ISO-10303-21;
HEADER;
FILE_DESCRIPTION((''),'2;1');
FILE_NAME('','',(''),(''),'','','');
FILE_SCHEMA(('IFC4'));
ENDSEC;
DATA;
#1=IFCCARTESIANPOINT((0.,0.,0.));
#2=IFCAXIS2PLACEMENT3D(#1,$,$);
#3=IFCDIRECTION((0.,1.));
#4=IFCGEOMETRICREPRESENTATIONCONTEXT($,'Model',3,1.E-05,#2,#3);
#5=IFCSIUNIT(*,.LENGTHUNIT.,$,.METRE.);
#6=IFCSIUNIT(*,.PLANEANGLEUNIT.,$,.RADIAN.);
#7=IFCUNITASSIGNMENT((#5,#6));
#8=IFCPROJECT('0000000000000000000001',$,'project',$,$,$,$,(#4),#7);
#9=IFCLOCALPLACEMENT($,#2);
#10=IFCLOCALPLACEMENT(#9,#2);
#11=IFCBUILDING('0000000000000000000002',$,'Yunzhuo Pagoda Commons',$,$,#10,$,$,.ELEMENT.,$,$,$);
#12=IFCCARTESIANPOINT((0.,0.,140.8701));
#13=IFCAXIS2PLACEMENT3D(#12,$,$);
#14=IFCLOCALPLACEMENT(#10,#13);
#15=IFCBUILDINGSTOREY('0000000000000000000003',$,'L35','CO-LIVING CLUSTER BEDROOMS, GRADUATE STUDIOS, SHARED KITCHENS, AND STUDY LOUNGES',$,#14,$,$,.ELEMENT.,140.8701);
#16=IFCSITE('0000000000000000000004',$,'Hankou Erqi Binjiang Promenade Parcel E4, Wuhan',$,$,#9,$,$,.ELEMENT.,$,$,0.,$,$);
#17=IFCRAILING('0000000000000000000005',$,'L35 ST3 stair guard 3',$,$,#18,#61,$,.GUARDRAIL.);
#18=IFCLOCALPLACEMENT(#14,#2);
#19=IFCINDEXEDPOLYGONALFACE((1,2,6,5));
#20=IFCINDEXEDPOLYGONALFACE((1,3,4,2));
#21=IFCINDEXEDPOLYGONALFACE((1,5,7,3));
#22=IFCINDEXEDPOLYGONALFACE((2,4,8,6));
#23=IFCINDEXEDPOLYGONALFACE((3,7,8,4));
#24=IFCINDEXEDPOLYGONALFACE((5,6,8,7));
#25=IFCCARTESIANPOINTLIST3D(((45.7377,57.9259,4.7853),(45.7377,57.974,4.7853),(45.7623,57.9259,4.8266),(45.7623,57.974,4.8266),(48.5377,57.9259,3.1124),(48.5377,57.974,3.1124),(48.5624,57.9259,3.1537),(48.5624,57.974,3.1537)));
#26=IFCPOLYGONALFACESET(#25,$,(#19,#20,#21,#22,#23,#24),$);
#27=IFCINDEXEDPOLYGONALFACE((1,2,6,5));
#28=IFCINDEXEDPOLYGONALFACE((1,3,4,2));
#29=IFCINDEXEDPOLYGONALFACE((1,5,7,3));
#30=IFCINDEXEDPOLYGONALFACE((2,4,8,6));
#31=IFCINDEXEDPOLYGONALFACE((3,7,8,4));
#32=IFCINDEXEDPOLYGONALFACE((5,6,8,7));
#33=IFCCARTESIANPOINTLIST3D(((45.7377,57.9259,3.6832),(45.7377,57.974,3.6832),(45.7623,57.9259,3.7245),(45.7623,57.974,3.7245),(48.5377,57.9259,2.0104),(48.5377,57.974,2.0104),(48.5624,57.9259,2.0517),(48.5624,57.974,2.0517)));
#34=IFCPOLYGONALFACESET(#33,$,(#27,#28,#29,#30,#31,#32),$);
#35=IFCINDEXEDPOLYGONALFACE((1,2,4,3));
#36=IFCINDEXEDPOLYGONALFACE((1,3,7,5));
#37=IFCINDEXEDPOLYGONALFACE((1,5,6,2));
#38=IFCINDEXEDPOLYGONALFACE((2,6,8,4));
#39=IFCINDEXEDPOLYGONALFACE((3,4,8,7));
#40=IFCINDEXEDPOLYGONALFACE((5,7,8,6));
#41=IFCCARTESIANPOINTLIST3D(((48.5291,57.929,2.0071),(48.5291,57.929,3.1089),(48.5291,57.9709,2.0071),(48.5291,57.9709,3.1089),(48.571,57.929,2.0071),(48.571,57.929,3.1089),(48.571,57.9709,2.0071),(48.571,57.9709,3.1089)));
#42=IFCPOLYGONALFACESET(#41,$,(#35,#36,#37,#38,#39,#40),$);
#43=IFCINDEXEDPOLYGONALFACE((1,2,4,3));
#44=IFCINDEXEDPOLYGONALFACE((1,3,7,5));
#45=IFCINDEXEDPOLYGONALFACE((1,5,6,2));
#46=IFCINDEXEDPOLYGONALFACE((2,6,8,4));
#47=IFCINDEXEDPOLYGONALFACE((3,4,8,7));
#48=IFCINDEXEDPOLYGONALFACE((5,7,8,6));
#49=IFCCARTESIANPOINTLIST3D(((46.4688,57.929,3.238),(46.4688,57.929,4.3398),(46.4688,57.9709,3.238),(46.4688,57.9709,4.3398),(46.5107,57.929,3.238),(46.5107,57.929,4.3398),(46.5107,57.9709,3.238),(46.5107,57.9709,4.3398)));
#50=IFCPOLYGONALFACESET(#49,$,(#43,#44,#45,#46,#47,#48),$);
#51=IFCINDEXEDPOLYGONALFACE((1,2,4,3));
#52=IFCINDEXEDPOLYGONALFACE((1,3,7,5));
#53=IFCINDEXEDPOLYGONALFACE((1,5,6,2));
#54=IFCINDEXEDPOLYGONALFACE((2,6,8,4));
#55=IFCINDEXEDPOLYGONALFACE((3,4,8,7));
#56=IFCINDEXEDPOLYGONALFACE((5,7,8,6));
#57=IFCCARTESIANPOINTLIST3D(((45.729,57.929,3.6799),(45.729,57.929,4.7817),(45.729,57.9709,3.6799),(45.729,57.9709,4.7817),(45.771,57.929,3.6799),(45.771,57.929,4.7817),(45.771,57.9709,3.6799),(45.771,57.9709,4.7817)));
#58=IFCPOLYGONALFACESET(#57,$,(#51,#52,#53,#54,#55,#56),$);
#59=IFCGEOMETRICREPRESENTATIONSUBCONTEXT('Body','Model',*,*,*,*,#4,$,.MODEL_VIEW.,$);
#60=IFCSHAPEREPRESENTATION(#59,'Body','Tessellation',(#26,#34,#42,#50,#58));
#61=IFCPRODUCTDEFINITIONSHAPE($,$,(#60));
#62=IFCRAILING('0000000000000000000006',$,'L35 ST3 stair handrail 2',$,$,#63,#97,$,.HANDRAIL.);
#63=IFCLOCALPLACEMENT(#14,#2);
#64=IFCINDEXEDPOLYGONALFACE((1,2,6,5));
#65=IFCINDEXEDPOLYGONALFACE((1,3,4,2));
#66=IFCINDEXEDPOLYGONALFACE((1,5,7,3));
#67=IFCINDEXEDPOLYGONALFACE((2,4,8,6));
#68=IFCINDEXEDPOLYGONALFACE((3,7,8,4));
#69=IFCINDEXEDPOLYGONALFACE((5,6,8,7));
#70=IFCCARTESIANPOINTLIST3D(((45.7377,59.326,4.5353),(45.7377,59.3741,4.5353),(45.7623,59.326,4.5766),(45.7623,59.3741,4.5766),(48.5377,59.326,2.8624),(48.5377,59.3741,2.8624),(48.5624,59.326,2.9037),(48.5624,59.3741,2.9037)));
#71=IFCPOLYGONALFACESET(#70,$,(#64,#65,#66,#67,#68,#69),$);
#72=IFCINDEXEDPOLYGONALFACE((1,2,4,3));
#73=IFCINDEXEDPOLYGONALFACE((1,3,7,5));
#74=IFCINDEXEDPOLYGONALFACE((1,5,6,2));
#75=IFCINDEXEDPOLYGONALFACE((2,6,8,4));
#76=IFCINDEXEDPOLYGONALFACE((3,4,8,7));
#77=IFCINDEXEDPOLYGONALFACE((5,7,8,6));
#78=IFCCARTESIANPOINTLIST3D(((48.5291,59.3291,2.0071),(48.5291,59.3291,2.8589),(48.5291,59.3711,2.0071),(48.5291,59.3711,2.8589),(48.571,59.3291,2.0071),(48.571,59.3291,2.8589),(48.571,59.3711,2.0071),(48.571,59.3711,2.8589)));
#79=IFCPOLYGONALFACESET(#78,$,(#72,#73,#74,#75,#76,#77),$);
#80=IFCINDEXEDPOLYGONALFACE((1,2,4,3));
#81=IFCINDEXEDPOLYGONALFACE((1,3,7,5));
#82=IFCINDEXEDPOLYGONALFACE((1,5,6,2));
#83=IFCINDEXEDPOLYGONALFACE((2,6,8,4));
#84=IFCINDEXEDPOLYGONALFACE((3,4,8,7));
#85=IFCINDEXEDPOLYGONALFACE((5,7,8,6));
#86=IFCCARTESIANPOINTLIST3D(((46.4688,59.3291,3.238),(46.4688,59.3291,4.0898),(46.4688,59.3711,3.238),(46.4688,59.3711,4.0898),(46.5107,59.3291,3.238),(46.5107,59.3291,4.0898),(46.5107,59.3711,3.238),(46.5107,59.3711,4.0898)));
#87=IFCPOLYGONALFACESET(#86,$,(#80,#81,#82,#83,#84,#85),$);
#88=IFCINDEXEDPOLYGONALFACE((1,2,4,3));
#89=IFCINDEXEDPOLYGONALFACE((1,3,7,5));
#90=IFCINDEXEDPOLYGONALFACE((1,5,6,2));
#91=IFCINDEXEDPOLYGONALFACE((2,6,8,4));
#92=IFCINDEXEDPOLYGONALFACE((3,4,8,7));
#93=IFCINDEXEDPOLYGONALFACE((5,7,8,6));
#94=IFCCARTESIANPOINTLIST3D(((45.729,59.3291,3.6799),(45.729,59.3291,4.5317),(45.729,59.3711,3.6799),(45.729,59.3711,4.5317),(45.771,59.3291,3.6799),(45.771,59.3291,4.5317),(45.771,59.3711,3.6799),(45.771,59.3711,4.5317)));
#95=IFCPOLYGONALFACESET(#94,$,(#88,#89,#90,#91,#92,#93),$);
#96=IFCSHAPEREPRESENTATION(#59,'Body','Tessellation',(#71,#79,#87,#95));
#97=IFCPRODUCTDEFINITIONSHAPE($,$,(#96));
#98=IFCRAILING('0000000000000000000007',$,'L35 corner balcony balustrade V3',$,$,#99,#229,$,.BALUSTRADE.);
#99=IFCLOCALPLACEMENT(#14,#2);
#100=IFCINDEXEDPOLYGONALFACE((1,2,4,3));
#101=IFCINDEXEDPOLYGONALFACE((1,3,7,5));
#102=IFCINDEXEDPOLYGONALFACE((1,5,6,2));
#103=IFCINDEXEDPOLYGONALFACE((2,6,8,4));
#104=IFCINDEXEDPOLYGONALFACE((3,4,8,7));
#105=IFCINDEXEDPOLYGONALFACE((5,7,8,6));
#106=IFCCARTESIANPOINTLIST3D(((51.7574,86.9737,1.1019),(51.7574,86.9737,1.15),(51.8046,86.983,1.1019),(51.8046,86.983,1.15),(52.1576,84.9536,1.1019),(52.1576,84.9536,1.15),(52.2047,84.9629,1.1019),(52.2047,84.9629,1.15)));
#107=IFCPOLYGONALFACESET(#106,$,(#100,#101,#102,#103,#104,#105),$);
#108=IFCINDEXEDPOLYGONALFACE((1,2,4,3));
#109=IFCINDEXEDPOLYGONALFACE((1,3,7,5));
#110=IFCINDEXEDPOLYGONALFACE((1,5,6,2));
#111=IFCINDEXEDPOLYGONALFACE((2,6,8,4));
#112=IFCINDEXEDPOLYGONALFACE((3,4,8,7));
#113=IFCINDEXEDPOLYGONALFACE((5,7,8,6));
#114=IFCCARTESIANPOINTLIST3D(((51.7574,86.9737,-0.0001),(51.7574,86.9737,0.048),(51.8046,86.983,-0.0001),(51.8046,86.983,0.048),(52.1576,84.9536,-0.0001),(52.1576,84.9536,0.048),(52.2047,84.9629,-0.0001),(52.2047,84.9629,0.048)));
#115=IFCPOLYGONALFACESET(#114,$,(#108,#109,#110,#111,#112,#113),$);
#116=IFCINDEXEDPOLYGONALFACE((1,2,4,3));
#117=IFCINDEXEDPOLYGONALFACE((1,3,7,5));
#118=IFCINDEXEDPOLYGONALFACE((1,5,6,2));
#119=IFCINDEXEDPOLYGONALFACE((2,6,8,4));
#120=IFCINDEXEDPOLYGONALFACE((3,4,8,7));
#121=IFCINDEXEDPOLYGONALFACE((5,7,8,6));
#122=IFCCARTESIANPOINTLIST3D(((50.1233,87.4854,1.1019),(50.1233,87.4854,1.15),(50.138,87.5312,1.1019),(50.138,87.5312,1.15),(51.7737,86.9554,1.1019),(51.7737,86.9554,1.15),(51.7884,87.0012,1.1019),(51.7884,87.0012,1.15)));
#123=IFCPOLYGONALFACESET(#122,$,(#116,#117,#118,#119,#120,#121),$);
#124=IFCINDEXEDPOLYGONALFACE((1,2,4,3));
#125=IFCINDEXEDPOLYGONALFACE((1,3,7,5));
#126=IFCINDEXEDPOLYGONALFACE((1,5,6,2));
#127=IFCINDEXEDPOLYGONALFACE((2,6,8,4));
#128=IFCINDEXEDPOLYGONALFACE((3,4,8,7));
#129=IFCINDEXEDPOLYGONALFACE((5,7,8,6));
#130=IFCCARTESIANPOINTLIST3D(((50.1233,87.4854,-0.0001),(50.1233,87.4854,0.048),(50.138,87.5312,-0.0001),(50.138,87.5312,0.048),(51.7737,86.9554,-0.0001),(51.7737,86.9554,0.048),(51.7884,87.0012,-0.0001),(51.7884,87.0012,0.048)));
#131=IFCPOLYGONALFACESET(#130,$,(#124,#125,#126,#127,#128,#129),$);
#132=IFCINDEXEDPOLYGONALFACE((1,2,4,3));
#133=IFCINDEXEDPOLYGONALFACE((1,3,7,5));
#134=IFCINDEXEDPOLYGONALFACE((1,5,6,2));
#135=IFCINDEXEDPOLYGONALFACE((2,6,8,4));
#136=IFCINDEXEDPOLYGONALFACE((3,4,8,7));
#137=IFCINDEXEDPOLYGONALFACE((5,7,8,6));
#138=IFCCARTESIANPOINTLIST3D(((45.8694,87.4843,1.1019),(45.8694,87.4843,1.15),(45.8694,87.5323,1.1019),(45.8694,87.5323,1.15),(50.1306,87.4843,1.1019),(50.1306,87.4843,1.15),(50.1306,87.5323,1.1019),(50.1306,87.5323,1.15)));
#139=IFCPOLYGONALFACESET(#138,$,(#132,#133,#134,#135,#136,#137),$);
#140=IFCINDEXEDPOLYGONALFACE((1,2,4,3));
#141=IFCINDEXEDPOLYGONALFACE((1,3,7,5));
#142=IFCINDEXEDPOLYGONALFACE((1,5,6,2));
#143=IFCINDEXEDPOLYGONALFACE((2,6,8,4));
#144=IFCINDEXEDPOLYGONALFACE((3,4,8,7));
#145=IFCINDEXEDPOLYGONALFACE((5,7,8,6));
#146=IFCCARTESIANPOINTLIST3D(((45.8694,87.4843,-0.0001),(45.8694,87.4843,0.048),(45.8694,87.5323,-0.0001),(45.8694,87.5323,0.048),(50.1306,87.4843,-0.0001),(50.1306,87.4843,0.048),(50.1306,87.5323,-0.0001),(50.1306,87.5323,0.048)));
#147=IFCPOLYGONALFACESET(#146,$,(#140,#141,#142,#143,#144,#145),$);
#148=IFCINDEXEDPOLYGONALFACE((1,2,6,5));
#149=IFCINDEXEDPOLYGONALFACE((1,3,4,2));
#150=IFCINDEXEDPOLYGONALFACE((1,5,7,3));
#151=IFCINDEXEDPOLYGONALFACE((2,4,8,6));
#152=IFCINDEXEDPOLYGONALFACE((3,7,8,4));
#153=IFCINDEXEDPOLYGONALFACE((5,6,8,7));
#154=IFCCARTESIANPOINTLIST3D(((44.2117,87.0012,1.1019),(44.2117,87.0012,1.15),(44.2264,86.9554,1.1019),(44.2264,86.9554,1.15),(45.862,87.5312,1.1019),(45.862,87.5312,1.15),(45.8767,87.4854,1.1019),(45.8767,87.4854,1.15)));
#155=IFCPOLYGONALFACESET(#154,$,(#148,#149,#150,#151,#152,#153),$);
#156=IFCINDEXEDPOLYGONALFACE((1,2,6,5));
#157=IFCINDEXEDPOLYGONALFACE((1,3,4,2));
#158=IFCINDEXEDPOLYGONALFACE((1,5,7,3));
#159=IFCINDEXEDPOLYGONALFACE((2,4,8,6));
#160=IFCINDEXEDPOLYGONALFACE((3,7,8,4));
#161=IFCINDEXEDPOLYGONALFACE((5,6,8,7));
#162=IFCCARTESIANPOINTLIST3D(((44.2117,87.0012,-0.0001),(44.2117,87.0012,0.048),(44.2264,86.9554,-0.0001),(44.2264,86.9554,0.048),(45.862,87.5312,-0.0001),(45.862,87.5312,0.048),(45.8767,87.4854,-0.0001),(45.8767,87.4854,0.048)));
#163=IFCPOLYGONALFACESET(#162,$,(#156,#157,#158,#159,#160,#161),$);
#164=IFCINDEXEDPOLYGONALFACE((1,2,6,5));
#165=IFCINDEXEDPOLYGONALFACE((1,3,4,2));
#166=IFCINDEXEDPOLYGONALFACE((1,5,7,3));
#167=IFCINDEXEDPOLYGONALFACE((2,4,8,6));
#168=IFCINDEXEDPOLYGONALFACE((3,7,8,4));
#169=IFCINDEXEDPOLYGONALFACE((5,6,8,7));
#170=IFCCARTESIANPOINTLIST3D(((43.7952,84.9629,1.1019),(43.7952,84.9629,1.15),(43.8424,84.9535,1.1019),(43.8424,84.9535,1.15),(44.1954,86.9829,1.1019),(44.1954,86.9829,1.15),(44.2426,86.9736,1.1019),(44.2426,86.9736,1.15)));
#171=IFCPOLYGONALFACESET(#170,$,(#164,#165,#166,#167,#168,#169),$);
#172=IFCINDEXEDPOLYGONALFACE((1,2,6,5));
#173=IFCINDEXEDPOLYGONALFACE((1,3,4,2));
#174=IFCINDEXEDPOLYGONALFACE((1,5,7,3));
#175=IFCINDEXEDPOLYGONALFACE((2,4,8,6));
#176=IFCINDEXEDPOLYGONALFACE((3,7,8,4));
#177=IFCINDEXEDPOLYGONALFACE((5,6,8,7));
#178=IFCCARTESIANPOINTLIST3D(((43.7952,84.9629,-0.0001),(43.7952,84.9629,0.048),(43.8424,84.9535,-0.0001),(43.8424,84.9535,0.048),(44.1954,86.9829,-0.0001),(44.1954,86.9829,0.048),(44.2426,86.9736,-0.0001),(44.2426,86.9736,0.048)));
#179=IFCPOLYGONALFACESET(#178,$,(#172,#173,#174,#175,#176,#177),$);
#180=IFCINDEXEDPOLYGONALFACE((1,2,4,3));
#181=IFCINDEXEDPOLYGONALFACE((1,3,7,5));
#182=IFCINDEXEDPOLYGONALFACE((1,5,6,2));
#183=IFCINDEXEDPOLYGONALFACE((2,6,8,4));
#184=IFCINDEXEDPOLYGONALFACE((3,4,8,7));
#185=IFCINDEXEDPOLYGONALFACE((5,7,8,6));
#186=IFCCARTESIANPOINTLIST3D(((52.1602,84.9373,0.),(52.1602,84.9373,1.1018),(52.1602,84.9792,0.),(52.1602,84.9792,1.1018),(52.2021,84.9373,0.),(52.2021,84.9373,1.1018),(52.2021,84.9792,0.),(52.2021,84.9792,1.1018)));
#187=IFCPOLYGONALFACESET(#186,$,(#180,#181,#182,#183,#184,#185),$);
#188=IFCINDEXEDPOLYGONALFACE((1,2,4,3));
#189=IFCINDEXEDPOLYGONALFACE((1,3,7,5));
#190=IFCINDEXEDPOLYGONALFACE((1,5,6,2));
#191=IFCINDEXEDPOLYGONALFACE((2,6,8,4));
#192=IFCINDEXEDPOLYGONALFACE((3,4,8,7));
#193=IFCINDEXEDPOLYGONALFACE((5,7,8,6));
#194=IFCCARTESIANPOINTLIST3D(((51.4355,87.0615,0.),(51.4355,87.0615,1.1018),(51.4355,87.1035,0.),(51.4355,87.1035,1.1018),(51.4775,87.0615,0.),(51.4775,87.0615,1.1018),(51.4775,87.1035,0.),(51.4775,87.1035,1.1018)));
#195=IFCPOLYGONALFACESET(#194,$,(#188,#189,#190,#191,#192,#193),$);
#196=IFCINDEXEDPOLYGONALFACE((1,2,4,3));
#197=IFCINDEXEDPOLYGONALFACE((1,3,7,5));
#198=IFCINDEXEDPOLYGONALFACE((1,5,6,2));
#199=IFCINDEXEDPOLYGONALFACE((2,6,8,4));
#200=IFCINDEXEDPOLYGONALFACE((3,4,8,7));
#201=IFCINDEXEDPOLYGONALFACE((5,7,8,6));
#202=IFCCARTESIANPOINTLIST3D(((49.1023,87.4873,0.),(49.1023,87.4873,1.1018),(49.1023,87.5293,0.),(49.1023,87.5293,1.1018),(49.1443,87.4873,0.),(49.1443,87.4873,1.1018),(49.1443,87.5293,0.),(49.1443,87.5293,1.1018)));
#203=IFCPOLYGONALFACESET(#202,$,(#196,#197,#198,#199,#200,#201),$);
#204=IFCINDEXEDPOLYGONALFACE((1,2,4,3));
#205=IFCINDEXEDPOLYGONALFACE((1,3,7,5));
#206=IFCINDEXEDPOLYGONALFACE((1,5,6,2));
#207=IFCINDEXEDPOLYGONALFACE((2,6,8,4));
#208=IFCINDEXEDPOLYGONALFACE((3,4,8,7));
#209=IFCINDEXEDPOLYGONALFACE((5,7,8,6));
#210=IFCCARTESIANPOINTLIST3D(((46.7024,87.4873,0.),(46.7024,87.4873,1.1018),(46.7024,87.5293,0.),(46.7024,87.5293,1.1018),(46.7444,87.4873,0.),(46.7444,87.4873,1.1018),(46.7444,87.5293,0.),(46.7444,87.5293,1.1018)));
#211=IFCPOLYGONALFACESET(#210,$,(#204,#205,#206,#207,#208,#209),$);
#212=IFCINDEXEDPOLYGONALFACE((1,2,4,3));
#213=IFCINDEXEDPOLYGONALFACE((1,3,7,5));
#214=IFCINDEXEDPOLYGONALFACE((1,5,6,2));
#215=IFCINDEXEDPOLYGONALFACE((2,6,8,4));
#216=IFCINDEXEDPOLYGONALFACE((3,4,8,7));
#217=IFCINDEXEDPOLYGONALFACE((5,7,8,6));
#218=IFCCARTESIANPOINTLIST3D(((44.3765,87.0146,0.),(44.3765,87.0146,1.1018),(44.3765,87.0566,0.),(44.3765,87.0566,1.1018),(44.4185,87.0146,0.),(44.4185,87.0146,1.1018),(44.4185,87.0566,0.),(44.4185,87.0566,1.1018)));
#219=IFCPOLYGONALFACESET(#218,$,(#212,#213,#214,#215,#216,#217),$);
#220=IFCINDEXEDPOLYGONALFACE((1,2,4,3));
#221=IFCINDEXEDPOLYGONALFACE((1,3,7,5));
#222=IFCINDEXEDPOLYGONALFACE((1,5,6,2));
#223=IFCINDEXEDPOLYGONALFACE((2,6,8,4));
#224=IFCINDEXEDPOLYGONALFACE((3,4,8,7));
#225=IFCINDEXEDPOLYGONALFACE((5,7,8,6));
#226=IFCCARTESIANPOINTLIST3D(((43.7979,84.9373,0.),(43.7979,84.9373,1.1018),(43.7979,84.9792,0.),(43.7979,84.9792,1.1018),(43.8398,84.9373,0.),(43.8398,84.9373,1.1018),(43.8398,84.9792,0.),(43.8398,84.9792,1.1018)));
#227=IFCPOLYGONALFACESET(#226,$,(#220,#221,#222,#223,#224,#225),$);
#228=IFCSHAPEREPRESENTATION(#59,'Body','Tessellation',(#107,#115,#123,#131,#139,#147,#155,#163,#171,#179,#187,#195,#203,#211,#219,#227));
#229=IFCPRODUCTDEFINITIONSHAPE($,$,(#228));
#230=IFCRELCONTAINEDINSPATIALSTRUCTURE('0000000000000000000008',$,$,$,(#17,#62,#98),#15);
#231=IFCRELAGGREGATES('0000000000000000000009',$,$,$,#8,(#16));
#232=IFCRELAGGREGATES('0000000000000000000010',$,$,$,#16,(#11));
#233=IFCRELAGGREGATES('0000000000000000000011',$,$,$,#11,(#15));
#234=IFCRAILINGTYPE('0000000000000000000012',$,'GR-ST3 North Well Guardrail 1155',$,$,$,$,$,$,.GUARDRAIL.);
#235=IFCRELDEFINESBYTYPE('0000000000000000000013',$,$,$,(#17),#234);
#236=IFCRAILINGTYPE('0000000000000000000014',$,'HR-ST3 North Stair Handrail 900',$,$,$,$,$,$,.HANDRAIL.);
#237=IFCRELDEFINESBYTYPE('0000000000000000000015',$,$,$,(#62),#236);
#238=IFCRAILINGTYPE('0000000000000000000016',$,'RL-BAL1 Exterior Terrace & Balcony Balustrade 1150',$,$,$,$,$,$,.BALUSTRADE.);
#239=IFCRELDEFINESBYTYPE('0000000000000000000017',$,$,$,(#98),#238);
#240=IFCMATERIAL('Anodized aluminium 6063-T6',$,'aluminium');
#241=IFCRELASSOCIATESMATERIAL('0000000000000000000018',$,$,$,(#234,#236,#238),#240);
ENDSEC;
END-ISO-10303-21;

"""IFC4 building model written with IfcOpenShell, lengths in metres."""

from ifc_helpers import new_model, si_unit, direction, frame, origin, origin_2d, place, context, subcontext, project, spatial, rectangle, extrude, material, type_object, element, save


model = new_model("IFC4")

# Units and contexts
model_context = context("Model", 3, precision=1e-05, world=origin(), true_north=direction((0.0, 1.0)))
body_context = subcontext(model_context, "Body", "Model", "MODEL_VIEW")
ifc_project = project(units=[si_unit("LENGTHUNIT", "METRE"), si_unit("PLANEANGLEUNIT", "RADIAN")], contexts=[model_context])

# Site, building, storey
site_placement = place(None, origin())
site = spatial("IfcSite", under=ifc_project, at=site_placement, Name="Hankou Erqi Binjiang Promenade Parcel E4, Wuhan", CompositionType="ELEMENT", RefElevation=0.0)
building_placement = place(site_placement, origin())
building = spatial("IfcBuilding", under=site, at=building_placement, Name="Yunzhuo Pagoda Commons", CompositionType="ELEMENT")
storey_placement = place(building_placement, frame((0.0, 0.0, 140.8701)))
storey = spatial("IfcBuildingStorey", under=building, at=storey_placement, Name="L35", Description="CO-LIVING CLUSTER BEDROOMS, GRADUATE STUDIOS, SHARED KITCHENS, AND STUDY LOUNGES", CompositionType="ELEMENT", Elevation=140.8701)

# Shared definitions
ifc_material_1 = material(Name="Anodized aluminium 6063-T6", Category="aluminium")

# Railings
railing_type_1 = type_object("IfcRailingType", Name="GR-ST3 North Well Guardrail 1155", PredefinedType="GUARDRAIL", material=ifc_material_1)
railing_1_placement = place(storey_placement, frame((48.55, 57.95, 2.0071)))
element("IfcRailing", 1, at=railing_1_placement, inside=storey, type_object=railing_type_1, Name="L35 ST3 stair guard 3", PredefinedType="GUARDRAIL", context=body_context, shape_type="SweptSolid", body=[
    extrude(rectangle(XDim=0.0481, YDim=0.0481, at=origin_2d()), frame((0.0, 0.0, 1.126), z_axis=(-0.858462, 0.0, 0.512877), x_axis=(0.0, -1.0, 0.0)), (0.0, 0.0, 1.0), 3.2617),
    extrude(rectangle(XDim=0.0481, YDim=0.0481, at=origin_2d()), frame((0.0, 0.0, 0.0239), z_axis=(-0.858462, 0.0, 0.512877), x_axis=(0.0, -1.0, 0.0)), (0.0, 0.0, 1.0), 3.2617),
    extrude(rectangle(XDim=0.042, YDim=0.042, at=origin_2d()), origin(), (0.0, 0.0, 1.0), 1.1018),
    extrude(rectangle(XDim=0.042, YDim=0.042, at=origin_2d()), frame((-2.0603, 0.0, 1.231)), (0.0, 0.0, 1.0), 1.1018),
    extrude(rectangle(XDim=0.042, YDim=0.042, at=origin_2d()), frame((-2.8, 0.0, 1.6729)), (0.0, 0.0, 1.0), 1.1018),
])
railing_type_2 = type_object("IfcRailingType", Name="HR-ST3 North Stair Handrail 900", PredefinedType="HANDRAIL", material=ifc_material_1)
railing_2_placement = place(storey_placement, frame((48.55, 59.3501, 2.0071)))
element("IfcRailing", 2, at=railing_2_placement, inside=storey, type_object=railing_type_2, Name="L35 ST3 stair handrail 2", PredefinedType="HANDRAIL", context=body_context, shape_type="SweptSolid", body=[
    extrude(rectangle(XDim=0.0481, YDim=0.0481, at=origin_2d()), frame((0.0, 0.0, 0.876), z_axis=(-0.858462, 0.0, 0.512877), x_axis=(0.0, -1.0, 0.0)), (0.0, 0.0, 1.0), 3.2617),
    extrude(rectangle(XDim=0.042, YDim=0.042, at=origin_2d()), origin(), (0.0, 0.0, 1.0), 0.8518),
    extrude(rectangle(XDim=0.042, YDim=0.042, at=origin_2d()), frame((-2.0603, 0.0, 1.231)), (0.0, 0.0, 1.0), 0.8518),
    extrude(rectangle(XDim=0.042, YDim=0.042, at=origin_2d()), frame((-2.8, 0.0, 1.6729)), (0.0, 0.0, 1.0), 0.8518),
])
railing_type_3 = type_object("IfcRailingType", Name="RL-BAL1 Exterior Terrace & Balcony Balustrade 1150", PredefinedType="BALUSTRADE", material=ifc_material_1)
railing_3_placement = place(storey_placement, frame((52.1812, 84.9583, 0.0)))
element("IfcRailing", 3, at=railing_3_placement, inside=storey, type_object=railing_type_3, Name="L35 corner balcony balustrade V3", PredefinedType="BALUSTRADE", context=body_context, shape_type="SweptSolid", body=[
    extrude(rectangle(XDim=0.0481, YDim=0.0481, at=origin_2d()), frame((0.0, 0.0, 1.126), z_axis=(-0.194315, 0.980939, 0.0), x_axis=(-0.980939, -0.194315, 0.0)), (0.0, 0.0, 1.0), 2.0593),
    extrude(rectangle(XDim=0.0481, YDim=0.0481, at=origin_2d()), frame((0.0, 0.0, 0.0239), z_axis=(-0.194315, 0.980939, 0.0), x_axis=(-0.980939, -0.194315, 0.0)), (0.0, 0.0, 1.0), 2.0593),
    extrude(rectangle(XDim=0.0481, YDim=0.0481, at=origin_2d()), frame((-0.4001, 2.02, 1.126), z_axis=(-0.952105, 0.305772, 0.0), x_axis=(-0.305772, -0.952105, 0.0)), (0.0, 0.0, 1.0), 1.7334),
    extrude(rectangle(XDim=0.0481, YDim=0.0481, at=origin_2d()), frame((-0.4001, 2.02, 0.0239), z_axis=(-0.952105, 0.305772, 0.0), x_axis=(-0.305772, -0.952105, 0.0)), (0.0, 0.0, 1.0), 1.7334),
    extrude(rectangle(XDim=0.0481, YDim=0.0481, at=origin_2d()), frame((-2.0505, 2.55, 1.126), z_axis=(-1.0, 0.0, 0.0), x_axis=(0.0, -1.0, 0.0)), (0.0, 0.0, 1.0), 4.2612),
    extrude(rectangle(XDim=0.0481, YDim=0.0481, at=origin_2d()), frame((-2.0505, 2.55, 0.0239), z_axis=(-1.0, 0.0, 0.0), x_axis=(0.0, -1.0, 0.0)), (0.0, 0.0, 1.0), 4.2612),
    extrude(rectangle(XDim=0.0481, YDim=0.0481, at=origin_2d()), frame((-6.3118, 2.55, 1.126), z_axis=(-0.952105, -0.305772, 0.0), x_axis=(0.305772, -0.952105, 0.0)), (0.0, 0.0, 1.0), 1.7334),
    extrude(rectangle(XDim=0.0481, YDim=0.0481, at=origin_2d()), frame((-6.3118, 2.55, 0.0239), z_axis=(-0.952105, -0.305772, 0.0), x_axis=(0.305772, -0.952105, 0.0)), (0.0, 0.0, 1.0), 1.7334),
    extrude(rectangle(XDim=0.0481, YDim=0.0481, at=origin_2d()), frame((-7.9622, 2.02, 1.126), z_axis=(-0.194315, -0.980939, 0.0), x_axis=(0.980939, -0.194315, 0.0)), (0.0, 0.0, 1.0), 2.0593),
    extrude(rectangle(XDim=0.0481, YDim=0.0481, at=origin_2d()), frame((-7.9622, 2.02, 0.0239), z_axis=(-0.194315, -0.980939, 0.0), x_axis=(0.980939, -0.194315, 0.0)), (0.0, 0.0, 1.0), 2.0593),
    extrude(rectangle(XDim=0.042, YDim=0.042, at=origin_2d()), origin(), (0.0, 0.0, 1.0), 1.1018),
    extrude(rectangle(XDim=0.042, YDim=0.042, at=origin_2d()), frame((-0.7246, 2.1243, 0.0)), (0.0, 0.0, 1.0), 1.1018),
    extrude(rectangle(XDim=0.042, YDim=0.042, at=origin_2d()), frame((-3.0579, 2.55, 0.0)), (0.0, 0.0, 1.0), 1.1018),
    extrude(rectangle(XDim=0.042, YDim=0.042, at=origin_2d()), frame((-5.4578, 2.55, 0.0)), (0.0, 0.0, 1.0), 1.1018),
    extrude(rectangle(XDim=0.042, YDim=0.042, at=origin_2d()), frame((-7.7837, 2.0774, 0.0)), (0.0, 0.0, 1.0), 1.1018),
    extrude(rectangle(XDim=0.042, YDim=0.042, at=origin_2d()), frame((-8.3623, 0.0, 0.0)), (0.0, 0.0, 1.0), 1.1018),
])

save(model, "model.ifc")
